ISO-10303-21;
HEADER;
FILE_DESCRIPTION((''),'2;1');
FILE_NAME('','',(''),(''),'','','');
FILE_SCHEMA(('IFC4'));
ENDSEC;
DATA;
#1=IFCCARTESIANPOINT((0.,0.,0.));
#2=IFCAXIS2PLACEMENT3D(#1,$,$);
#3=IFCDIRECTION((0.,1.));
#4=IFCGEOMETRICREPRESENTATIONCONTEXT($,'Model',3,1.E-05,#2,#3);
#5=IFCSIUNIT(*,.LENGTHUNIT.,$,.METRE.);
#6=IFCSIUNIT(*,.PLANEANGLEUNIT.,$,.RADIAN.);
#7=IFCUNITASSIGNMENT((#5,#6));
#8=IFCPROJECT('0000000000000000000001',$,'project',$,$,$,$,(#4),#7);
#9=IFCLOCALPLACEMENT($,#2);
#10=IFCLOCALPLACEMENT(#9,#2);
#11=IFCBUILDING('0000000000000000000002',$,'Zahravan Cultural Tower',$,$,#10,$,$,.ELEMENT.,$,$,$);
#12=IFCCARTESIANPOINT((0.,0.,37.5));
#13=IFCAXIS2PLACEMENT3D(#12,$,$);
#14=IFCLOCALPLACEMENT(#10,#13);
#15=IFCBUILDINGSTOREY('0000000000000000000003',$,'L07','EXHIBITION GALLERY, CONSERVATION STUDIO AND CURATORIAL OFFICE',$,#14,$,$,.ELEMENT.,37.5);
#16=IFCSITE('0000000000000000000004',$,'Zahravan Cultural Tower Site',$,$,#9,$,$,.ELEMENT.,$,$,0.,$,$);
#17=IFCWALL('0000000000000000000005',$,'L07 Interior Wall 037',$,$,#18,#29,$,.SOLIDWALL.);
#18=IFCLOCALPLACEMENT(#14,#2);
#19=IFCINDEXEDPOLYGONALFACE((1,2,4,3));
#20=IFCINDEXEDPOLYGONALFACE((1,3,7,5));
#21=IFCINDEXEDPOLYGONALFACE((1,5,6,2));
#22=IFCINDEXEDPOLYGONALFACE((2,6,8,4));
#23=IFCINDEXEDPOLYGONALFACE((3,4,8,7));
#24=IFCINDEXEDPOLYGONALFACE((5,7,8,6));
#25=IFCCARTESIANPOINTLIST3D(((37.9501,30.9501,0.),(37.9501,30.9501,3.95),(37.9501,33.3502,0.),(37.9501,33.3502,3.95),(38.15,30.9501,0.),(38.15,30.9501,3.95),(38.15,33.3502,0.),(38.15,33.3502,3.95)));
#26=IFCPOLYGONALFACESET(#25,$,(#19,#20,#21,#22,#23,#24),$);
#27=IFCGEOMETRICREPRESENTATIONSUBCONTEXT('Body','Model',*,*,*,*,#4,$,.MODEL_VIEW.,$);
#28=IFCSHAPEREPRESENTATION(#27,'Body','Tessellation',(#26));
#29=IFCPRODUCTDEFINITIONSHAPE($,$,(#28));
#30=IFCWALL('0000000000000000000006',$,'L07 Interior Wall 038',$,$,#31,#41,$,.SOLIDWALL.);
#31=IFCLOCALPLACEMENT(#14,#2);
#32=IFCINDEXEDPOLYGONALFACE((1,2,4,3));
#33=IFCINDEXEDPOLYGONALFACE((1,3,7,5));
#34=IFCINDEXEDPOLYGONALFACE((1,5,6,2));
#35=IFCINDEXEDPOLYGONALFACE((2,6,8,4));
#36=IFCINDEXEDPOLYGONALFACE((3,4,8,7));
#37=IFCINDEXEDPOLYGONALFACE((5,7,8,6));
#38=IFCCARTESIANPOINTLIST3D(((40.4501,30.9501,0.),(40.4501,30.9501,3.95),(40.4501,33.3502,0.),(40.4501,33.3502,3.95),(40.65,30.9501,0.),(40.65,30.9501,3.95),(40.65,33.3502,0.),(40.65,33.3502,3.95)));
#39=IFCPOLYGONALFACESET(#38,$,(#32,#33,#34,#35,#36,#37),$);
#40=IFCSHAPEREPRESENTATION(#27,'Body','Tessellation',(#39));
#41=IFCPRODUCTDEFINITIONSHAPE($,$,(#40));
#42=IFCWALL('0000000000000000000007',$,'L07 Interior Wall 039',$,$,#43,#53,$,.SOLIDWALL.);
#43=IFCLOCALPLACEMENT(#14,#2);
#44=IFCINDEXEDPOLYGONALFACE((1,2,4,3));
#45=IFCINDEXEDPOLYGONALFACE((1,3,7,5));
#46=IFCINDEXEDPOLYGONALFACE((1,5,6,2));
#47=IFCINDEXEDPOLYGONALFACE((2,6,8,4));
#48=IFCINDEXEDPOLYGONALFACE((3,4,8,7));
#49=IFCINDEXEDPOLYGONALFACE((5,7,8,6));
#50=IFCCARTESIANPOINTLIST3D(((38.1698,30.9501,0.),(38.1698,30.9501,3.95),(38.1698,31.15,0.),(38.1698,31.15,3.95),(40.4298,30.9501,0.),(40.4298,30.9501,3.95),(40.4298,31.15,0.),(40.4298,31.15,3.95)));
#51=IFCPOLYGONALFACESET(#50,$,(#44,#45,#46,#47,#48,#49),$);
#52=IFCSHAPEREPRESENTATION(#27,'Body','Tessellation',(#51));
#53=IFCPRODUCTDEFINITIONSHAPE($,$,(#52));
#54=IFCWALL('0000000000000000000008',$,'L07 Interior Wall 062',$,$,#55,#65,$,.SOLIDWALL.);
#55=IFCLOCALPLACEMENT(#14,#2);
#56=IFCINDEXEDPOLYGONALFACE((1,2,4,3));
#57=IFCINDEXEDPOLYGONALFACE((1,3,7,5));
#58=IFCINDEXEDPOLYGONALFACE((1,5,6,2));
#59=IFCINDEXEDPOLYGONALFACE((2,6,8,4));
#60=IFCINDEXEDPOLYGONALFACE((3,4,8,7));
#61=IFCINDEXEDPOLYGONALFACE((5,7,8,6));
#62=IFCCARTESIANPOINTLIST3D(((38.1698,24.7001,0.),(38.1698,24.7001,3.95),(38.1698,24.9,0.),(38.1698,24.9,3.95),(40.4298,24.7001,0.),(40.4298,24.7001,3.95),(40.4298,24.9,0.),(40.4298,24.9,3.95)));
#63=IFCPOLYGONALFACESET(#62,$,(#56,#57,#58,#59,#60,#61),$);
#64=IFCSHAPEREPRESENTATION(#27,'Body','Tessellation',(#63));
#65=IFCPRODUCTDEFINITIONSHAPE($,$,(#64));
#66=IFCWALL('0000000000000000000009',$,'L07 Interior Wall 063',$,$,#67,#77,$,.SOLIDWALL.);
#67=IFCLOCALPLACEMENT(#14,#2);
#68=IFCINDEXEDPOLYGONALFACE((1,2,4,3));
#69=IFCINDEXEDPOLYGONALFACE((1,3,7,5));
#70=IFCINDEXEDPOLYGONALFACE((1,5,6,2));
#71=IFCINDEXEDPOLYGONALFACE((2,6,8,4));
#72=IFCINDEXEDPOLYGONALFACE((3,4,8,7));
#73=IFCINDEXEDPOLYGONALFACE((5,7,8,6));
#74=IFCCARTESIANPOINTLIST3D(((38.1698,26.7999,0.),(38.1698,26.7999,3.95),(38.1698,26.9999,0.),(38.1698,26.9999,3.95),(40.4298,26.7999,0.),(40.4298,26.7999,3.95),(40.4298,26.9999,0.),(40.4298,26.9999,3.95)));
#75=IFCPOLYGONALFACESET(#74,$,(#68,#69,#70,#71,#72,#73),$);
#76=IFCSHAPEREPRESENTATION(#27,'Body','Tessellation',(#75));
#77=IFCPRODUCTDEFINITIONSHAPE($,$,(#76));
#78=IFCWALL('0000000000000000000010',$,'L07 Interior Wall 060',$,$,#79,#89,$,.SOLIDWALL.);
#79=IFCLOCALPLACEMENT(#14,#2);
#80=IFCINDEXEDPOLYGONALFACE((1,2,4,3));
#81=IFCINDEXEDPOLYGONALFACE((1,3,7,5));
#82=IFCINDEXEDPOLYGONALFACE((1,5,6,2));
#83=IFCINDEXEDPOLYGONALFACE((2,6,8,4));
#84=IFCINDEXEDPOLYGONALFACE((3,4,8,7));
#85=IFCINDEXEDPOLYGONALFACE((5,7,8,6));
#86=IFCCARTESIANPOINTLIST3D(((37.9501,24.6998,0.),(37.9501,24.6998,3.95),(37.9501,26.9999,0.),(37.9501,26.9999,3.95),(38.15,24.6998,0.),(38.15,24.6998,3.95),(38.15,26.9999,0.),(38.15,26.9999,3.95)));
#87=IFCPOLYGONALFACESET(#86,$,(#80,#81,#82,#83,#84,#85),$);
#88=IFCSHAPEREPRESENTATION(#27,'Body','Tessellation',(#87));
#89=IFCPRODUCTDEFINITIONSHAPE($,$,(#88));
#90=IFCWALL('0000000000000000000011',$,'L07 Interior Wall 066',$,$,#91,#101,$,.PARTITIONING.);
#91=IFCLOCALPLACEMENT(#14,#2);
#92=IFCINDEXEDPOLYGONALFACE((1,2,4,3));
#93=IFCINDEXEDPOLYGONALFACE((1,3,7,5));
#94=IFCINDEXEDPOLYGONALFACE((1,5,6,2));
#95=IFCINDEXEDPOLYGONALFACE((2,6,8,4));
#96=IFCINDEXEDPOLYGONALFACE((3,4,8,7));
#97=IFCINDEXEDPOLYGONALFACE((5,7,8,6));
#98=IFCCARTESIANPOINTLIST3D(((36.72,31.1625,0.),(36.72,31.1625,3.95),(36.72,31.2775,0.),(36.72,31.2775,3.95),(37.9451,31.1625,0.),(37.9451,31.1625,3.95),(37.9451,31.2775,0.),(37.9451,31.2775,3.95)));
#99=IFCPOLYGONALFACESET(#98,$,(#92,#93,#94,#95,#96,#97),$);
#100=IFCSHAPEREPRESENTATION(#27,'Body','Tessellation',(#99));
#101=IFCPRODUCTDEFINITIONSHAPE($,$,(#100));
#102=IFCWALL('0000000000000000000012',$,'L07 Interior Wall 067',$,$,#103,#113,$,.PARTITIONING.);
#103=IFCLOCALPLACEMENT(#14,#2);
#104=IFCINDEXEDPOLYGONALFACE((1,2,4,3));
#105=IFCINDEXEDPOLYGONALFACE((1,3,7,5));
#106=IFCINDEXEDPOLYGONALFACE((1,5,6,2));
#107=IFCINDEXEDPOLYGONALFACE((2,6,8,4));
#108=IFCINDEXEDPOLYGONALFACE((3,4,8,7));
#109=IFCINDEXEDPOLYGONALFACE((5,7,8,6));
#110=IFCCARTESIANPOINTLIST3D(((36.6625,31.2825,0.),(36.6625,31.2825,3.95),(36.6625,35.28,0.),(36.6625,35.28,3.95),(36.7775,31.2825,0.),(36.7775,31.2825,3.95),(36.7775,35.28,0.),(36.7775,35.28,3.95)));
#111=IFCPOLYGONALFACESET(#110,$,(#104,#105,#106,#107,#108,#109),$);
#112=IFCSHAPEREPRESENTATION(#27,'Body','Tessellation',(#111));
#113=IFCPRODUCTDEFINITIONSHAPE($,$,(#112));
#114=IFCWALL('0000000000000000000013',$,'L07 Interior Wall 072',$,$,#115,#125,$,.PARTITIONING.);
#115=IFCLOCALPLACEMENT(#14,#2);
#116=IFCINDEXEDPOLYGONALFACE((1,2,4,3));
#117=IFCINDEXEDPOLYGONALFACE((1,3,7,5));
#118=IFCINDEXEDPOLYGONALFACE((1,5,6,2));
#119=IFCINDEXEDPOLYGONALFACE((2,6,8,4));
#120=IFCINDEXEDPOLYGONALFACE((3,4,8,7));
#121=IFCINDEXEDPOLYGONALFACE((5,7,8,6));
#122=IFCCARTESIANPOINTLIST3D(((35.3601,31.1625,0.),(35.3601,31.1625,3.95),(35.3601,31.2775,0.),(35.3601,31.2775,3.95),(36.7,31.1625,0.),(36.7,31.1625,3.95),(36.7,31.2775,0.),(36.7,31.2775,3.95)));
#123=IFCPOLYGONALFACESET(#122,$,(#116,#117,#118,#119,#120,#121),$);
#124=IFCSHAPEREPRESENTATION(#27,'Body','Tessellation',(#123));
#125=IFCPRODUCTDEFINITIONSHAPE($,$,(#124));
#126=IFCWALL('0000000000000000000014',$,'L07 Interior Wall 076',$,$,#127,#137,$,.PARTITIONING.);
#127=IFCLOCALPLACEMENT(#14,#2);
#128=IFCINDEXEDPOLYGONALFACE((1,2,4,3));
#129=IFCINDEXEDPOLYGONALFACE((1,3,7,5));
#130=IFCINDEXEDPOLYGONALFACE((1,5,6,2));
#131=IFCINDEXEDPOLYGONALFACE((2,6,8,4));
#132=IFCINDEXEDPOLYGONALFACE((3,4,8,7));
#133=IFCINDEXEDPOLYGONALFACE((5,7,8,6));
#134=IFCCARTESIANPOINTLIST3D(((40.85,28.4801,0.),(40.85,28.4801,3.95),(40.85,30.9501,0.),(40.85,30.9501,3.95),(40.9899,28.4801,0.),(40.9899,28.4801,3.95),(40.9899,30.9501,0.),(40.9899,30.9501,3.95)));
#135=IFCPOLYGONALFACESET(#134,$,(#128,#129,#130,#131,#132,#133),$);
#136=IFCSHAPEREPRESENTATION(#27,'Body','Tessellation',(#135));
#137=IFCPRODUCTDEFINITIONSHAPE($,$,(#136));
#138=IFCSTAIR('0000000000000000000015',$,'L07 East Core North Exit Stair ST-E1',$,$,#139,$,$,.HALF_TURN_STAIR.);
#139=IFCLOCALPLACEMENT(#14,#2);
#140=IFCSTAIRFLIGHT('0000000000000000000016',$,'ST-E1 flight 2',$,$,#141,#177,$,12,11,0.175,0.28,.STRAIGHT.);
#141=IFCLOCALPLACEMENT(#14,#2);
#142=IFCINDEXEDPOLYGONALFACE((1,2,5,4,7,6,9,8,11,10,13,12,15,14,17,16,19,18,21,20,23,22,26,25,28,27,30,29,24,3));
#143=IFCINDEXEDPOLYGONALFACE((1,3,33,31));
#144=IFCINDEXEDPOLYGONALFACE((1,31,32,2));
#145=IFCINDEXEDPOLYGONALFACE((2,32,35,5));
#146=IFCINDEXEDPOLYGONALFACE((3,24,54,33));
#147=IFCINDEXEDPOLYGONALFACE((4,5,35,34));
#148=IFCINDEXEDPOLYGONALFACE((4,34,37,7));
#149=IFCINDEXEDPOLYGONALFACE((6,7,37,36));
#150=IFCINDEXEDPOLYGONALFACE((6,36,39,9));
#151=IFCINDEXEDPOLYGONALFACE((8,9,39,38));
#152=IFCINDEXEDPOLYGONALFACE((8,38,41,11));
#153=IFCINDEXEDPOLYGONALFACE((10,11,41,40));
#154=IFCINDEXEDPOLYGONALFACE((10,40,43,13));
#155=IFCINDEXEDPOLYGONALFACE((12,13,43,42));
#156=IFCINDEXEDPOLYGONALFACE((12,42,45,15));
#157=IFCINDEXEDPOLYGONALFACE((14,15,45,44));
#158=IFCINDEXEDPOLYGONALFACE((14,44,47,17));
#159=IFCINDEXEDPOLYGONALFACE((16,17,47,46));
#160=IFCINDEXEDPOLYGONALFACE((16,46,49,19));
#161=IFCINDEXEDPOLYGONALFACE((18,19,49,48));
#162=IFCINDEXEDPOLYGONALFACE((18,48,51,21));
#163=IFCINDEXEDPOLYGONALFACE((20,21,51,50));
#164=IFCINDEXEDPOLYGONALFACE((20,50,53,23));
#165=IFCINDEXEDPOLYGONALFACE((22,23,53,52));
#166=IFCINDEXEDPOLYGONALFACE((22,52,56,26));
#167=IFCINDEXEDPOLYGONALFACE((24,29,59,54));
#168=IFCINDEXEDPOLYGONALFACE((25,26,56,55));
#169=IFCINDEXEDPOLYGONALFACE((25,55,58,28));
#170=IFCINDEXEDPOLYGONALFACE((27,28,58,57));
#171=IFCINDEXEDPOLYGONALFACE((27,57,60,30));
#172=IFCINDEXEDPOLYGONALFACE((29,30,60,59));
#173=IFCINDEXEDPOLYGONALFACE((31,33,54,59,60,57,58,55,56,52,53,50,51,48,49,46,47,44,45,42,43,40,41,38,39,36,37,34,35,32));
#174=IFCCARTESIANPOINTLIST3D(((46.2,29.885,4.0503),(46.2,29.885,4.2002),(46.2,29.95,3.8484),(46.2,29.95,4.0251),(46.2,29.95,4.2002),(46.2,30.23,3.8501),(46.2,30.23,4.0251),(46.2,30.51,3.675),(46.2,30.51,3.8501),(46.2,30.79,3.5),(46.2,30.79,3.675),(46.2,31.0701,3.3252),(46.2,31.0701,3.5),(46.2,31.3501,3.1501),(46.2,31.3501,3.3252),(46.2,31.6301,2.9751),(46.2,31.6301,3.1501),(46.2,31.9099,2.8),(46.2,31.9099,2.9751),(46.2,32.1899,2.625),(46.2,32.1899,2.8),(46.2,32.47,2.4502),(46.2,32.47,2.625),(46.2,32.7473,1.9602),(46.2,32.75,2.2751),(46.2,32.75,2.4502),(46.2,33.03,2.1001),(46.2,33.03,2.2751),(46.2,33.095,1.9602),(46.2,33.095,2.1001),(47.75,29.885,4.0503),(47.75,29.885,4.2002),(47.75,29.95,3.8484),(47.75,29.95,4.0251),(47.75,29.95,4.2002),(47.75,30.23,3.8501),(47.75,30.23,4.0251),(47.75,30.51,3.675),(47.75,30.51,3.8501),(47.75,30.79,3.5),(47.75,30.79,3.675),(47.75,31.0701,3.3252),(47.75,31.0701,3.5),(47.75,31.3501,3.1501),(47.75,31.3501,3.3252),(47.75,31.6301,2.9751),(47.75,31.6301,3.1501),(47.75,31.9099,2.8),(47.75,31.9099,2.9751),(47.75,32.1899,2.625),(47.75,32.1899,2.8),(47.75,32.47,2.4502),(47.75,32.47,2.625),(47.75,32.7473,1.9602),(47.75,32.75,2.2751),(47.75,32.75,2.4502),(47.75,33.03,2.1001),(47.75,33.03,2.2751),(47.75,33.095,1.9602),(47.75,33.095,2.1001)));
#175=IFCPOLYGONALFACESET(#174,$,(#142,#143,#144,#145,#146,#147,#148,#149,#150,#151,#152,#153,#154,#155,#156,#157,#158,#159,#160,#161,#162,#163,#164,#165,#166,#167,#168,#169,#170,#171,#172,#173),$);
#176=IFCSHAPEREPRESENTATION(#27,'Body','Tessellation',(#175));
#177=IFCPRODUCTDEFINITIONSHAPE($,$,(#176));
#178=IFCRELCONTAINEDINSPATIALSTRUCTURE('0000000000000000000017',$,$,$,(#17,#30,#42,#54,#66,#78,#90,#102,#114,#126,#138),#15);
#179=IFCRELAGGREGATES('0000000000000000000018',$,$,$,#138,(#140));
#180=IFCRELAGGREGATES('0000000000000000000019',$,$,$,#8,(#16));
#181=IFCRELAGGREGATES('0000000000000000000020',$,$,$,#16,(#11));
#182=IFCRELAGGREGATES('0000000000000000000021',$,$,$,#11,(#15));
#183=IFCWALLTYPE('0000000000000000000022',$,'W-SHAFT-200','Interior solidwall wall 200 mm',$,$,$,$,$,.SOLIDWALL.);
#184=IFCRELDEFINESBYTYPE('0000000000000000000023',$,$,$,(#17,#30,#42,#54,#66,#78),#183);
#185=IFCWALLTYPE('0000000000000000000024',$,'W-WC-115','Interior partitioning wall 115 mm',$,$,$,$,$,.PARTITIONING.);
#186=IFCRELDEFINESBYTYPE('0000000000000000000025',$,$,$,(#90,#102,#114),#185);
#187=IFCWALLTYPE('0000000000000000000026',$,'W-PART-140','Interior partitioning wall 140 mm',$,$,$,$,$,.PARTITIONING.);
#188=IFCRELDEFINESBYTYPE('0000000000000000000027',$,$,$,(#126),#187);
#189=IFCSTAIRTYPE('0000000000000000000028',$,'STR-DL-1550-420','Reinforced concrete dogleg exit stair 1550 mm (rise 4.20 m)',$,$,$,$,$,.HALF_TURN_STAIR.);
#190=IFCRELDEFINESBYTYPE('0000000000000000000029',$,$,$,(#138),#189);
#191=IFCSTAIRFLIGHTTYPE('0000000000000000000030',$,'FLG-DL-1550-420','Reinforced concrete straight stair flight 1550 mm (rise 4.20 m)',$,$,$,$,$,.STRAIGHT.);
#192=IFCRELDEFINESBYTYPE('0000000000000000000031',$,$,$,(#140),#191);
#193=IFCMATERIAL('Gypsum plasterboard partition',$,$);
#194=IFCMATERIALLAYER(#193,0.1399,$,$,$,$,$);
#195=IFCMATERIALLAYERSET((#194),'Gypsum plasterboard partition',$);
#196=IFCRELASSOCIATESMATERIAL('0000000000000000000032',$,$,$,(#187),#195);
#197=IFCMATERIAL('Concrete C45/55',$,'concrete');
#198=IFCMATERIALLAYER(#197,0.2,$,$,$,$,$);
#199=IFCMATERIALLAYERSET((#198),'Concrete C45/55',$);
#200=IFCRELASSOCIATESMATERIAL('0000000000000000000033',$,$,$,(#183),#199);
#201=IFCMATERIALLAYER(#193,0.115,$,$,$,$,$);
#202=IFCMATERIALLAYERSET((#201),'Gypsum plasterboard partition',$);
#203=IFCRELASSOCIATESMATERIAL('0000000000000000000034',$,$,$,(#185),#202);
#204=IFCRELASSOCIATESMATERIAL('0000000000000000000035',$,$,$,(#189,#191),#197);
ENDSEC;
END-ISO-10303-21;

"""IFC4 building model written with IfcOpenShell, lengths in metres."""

from ifc_helpers import new_model, si_unit, direction, frame, frame_2d, origin, place, context, subcontext, project, spatial, polyline, rectangle, outline, extrude, source, transform, mapped, material, layer, layer_set, type_object, element, aggregate, save


model = new_model("IFC4")

# Units and contexts
model_context = context("Model", 3, precision=1e-05, world=origin(), true_north=direction((0.0, 1.0)))
body_context = subcontext(model_context, "Body", "Model", "MODEL_VIEW")
ifc_project = project(units=[si_unit("LENGTHUNIT", "METRE"), si_unit("PLANEANGLEUNIT", "RADIAN")], contexts=[model_context])

# Site, building, storey
site_placement = place(None, origin())
site = spatial("IfcSite", under=ifc_project, at=site_placement, Name="Zahravan Cultural Tower Site", CompositionType="ELEMENT", RefElevation=0.0)
building_placement = place(site_placement, origin())
building = spatial("IfcBuilding", under=site, at=building_placement, Name="Zahravan Cultural Tower", CompositionType="ELEMENT")
storey_placement = place(building_placement, frame((0.0, 0.0, 37.5)))
storey = spatial("IfcBuildingStorey", under=building, at=storey_placement, Name="L07", Description="EXHIBITION GALLERY, CONSERVATION STUDIO AND CURATORIAL OFFICE", CompositionType="ELEMENT", Elevation=37.5)

# Shared definitions
ifc_material_1 = material(Name="Gypsum plasterboard partition")
ifc_layer_1 = layer(ifc_material_1, 0.1399)
ifc_layer_set_1 = layer_set([ifc_layer_1], Name="Gypsum plasterboard partition")
wall_type_1 = type_object("IfcWallType", Name="W-PART-140", Description="Interior partitioning wall 140 mm", PredefinedType="PARTITIONING", material=ifc_layer_set_1)
ifc_material_2 = material(Name="Concrete C45/55", Category="concrete")
ifc_layer_2 = layer(ifc_material_2, 0.2)
ifc_layer_set_2 = layer_set([ifc_layer_2], Name="Concrete C45/55")
wall_type_2 = type_object("IfcWallType", Name="W-SHAFT-200", Description="Interior solidwall wall 200 mm", PredefinedType="SOLIDWALL", material=ifc_layer_set_2)

# Walls
shared_shape_1 = source(origin(), body_context, "Body", "SweptSolid", [
    extrude(rectangle(XDim=2.4001, YDim=0.2, at=frame_2d((1.2002, 0.0))), origin(), (0.0, 0.0, 1.0), 3.95),
])
for number, where, z_axis, x_axis, name in (
    (1, (38.05, 30.95, 0.0), (0.0, 0.0, 1.0), (0.0, 1.0, 0.0), "L07 Interior Wall 037"),
    (2, (40.55, 30.95, 0.0), (0.0, 0.0, 1.0), (0.0, 1.0, 0.0), "L07 Interior Wall 038"),
):
    element("IfcWall", number, at=place(storey_placement, frame(where, z_axis=z_axis, x_axis=x_axis)), inside=storey, type_object=wall_type_2, Name=name, PredefinedType="SOLIDWALL", context=body_context, shape_type="MappedRepresentation", body=[
        mapped(shared_shape_1, transform((0.0, 0.0, 0.0), x_axis=(1.0, 0.0, 0.0), y_axis=(0.0, 1.0, 0.0), z_axis=(0.0, 0.0, 1.0), scale=1.0)),
    ])
shared_shape_2 = source(origin(), body_context, "Body", "SweptSolid", [
    extrude(rectangle(XDim=2.26, YDim=0.2, at=frame_2d((1.1299, 0.0))), origin(), (0.0, 0.0, 1.0), 3.95),
])
for number, where, z_axis, x_axis, name in (
    (3, (38.1699, 31.05, 0.0), (0.0, 0.0, 1.0), (1.0, 0.0, 0.0), "L07 Interior Wall 039"),
    (4, (38.1699, 24.8, 0.0), (0.0, 0.0, 1.0), (1.0, 0.0, 0.0), "L07 Interior Wall 062"),
    (5, (38.1699, 26.8999, 0.0), (0.0, 0.0, 1.0), (1.0, 0.0, 0.0), "L07 Interior Wall 063"),
):
    element("IfcWall", number, at=place(storey_placement, frame(where, z_axis=z_axis, x_axis=x_axis)), inside=storey, type_object=wall_type_2, Name=name, PredefinedType="SOLIDWALL", context=body_context, shape_type="MappedRepresentation", body=[
        mapped(shared_shape_2, transform((0.0, 0.0, 0.0), x_axis=(1.0, 0.0, 0.0), y_axis=(0.0, 1.0, 0.0), z_axis=(0.0, 0.0, 1.0), scale=1.0)),
    ])
shared_shape_3 = source(origin(), body_context, "Body", "SweptSolid", [
    extrude(rectangle(XDim=2.3, YDim=0.2, at=frame_2d((1.1499, 0.0))), origin(), (0.0, 0.0, 1.0), 3.95),
])
wall_1_placement = place(storey_placement, frame((38.05, 24.7, 0.0), z_axis=(0.0, 0.0, 1.0), x_axis=(0.0, 1.0, 0.0)))
element("IfcWall", 6, at=wall_1_placement, inside=storey, type_object=wall_type_2, Name="L07 Interior Wall 060", PredefinedType="SOLIDWALL", context=body_context, shape_type="MappedRepresentation", body=[
    mapped(shared_shape_3, transform((0.0, 0.0, 0.0), x_axis=(1.0, 0.0, 0.0), y_axis=(0.0, 1.0, 0.0), z_axis=(0.0, 0.0, 1.0), scale=1.0)),
])
ifc_layer_3 = layer(ifc_material_1, 0.115)
ifc_layer_set_3 = layer_set([ifc_layer_3], Name="Gypsum plasterboard partition")
wall_type_3 = type_object("IfcWallType", Name="W-WC-115", Description="Interior partitioning wall 115 mm", PredefinedType="PARTITIONING", material=ifc_layer_set_3)
shared_shape_4 = source(origin(), body_context, "Body", "SweptSolid", [
    extrude(rectangle(XDim=1.2251, YDim=0.115, at=frame_2d((0.6125, 0.0))), origin(), (0.0, 0.0, 1.0), 3.95),
])
wall_2_placement = place(storey_placement, frame((37.9451, 31.22, 0.0), z_axis=(0.0, 0.0, 1.0), x_axis=(-1.0, 0.0, 0.0)))
element("IfcWall", 7, at=wall_2_placement, inside=storey, type_object=wall_type_3, Name="L07 Interior Wall 066", PredefinedType="PARTITIONING", context=body_context, shape_type="MappedRepresentation", body=[
    mapped(shared_shape_4, transform((0.0, 0.0, 0.0), x_axis=(1.0, 0.0, 0.0), y_axis=(0.0, 1.0, 0.0), z_axis=(0.0, 0.0, 1.0), scale=1.0)),
])
shared_shape_5 = source(origin(), body_context, "Body", "SweptSolid", [
    extrude(rectangle(XDim=3.9976, YDim=0.115, at=frame_2d((1.9988, 0.0))), origin(), (0.0, 0.0, 1.0), 3.95),
])
wall_3_placement = place(storey_placement, frame((36.72, 31.2825, 0.0), z_axis=(0.0, 0.0, 1.0), x_axis=(0.0, 1.0, 0.0)))
element("IfcWall", 8, at=wall_3_placement, inside=storey, type_object=wall_type_3, Name="L07 Interior Wall 067", PredefinedType="PARTITIONING", context=body_context, shape_type="MappedRepresentation", body=[
    mapped(shared_shape_5, transform((0.0, 0.0, 0.0), x_axis=(1.0, 0.0, 0.0), y_axis=(0.0, 1.0, 0.0), z_axis=(0.0, 0.0, 1.0), scale=1.0)),
])
shared_shape_6 = source(origin(), body_context, "Body", "SweptSolid", [
    extrude(rectangle(XDim=1.3398, YDim=0.115, at=frame_2d((0.6699, 0.0))), origin(), (0.0, 0.0, 1.0), 3.95),
])
wall_4_placement = place(storey_placement, frame((36.7, 31.22, 0.0), z_axis=(0.0, 0.0, 1.0), x_axis=(-1.0, 0.0, 0.0)))
element("IfcWall", 9, at=wall_4_placement, inside=storey, type_object=wall_type_3, Name="L07 Interior Wall 072", PredefinedType="PARTITIONING", context=body_context, shape_type="MappedRepresentation", body=[
    mapped(shared_shape_6, transform((0.0, 0.0, 0.0), x_axis=(1.0, 0.0, 0.0), y_axis=(0.0, 1.0, 0.0), z_axis=(0.0, 0.0, 1.0), scale=1.0)),
])
shared_shape_7 = source(origin(), body_context, "Body", "SweptSolid", [
    extrude(rectangle(XDim=2.47, YDim=0.1399, at=frame_2d((1.2349, 0.0))), origin(), (0.0, 0.0, 1.0), 3.95),
])
wall_5_placement = place(storey_placement, frame((40.9199, 30.95, 0.0), z_axis=(0.0, 0.0, 1.0), x_axis=(0.0, -1.0, 0.0)))
element("IfcWall", 10, at=wall_5_placement, inside=storey, type_object=wall_type_1, Name="L07 Interior Wall 076", PredefinedType="PARTITIONING", context=body_context, shape_type="MappedRepresentation", body=[
    mapped(shared_shape_7, transform((0.0, 0.0, 0.0), x_axis=(1.0, 0.0, 0.0), y_axis=(0.0, 1.0, 0.0), z_axis=(0.0, 0.0, 1.0), scale=1.0)),
])

# Stair, stair flight
stair_type = type_object("IfcStairType", Name="STR-DL-1550-420", Description="Reinforced concrete dogleg exit stair 1550 mm (rise 4.20 m)", PredefinedType="HALF_TURN_STAIR", material=ifc_material_2)
stair_placement = place(storey_placement, origin())
stair = element("IfcStair", 11, at=stair_placement, inside=storey, type_object=stair_type, Name="L07 East Core North Exit Stair ST-E1", PredefinedType="HALF_TURN_STAIR")
stair_flight_type = type_object("IfcStairFlightType", Name="FLG-DL-1550-420", Description="Reinforced concrete straight stair flight 1550 mm (rise 4.20 m)", PredefinedType="STRAIGHT", material=ifc_material_2)
stair_flight_placement = place(storey_placement, frame((46.9751, 33.03, 2.1001), z_axis=(0.0, 0.0, 1.0), x_axis=(0.0, -1.0, 0.0)))
stair_flight = element("IfcStairFlight", 12, at=stair_flight_placement, type_object=stair_flight_type, Name="ST-E1 flight 2", NumberOfRisers=12, NumberOfTreads=11, PredefinedType="STRAIGHT", RiserHeight=0.175, TreadLength=0.28, context=body_context, shape_type="SweptSolid", body=[
    extrude(outline(polyline([(-0.0649, -0.1399), (-0.0649, 0.0), (0.0, 0.0), (0.0, 0.175), (0.28, 0.175), (0.28, 0.3501), (0.5601, 0.3501), (0.5601, 0.5249), (0.8401, 0.5249), (0.8401, 0.7), (1.1201, 0.7), (1.1201, 0.875), (1.3999, 0.875), (1.3999, 1.05), (1.6799, 1.05), (1.6799, 1.2251), (1.96, 1.2251), (1.96, 1.3999), (2.24, 1.3999), (2.24, 1.575), (2.52, 1.575), (2.52, 1.75), (2.8, 1.75), (2.8, 1.925), (3.0801, 1.925), (3.0801, 2.1001), (3.145, 2.1001), (3.145, 1.9502), (3.0801, 1.7483), (0.2827, -0.1399), (-0.0649, -0.1399)])), frame((0.0, 0.7749, 0.0), z_axis=(0.0, -1.0, 0.0), x_axis=(1.0, 0.0, 0.0)), (0.0, 0.0, 1.0), 1.55),
])
aggregate(stair, [stair_flight])

save(model, "model.ifc")
